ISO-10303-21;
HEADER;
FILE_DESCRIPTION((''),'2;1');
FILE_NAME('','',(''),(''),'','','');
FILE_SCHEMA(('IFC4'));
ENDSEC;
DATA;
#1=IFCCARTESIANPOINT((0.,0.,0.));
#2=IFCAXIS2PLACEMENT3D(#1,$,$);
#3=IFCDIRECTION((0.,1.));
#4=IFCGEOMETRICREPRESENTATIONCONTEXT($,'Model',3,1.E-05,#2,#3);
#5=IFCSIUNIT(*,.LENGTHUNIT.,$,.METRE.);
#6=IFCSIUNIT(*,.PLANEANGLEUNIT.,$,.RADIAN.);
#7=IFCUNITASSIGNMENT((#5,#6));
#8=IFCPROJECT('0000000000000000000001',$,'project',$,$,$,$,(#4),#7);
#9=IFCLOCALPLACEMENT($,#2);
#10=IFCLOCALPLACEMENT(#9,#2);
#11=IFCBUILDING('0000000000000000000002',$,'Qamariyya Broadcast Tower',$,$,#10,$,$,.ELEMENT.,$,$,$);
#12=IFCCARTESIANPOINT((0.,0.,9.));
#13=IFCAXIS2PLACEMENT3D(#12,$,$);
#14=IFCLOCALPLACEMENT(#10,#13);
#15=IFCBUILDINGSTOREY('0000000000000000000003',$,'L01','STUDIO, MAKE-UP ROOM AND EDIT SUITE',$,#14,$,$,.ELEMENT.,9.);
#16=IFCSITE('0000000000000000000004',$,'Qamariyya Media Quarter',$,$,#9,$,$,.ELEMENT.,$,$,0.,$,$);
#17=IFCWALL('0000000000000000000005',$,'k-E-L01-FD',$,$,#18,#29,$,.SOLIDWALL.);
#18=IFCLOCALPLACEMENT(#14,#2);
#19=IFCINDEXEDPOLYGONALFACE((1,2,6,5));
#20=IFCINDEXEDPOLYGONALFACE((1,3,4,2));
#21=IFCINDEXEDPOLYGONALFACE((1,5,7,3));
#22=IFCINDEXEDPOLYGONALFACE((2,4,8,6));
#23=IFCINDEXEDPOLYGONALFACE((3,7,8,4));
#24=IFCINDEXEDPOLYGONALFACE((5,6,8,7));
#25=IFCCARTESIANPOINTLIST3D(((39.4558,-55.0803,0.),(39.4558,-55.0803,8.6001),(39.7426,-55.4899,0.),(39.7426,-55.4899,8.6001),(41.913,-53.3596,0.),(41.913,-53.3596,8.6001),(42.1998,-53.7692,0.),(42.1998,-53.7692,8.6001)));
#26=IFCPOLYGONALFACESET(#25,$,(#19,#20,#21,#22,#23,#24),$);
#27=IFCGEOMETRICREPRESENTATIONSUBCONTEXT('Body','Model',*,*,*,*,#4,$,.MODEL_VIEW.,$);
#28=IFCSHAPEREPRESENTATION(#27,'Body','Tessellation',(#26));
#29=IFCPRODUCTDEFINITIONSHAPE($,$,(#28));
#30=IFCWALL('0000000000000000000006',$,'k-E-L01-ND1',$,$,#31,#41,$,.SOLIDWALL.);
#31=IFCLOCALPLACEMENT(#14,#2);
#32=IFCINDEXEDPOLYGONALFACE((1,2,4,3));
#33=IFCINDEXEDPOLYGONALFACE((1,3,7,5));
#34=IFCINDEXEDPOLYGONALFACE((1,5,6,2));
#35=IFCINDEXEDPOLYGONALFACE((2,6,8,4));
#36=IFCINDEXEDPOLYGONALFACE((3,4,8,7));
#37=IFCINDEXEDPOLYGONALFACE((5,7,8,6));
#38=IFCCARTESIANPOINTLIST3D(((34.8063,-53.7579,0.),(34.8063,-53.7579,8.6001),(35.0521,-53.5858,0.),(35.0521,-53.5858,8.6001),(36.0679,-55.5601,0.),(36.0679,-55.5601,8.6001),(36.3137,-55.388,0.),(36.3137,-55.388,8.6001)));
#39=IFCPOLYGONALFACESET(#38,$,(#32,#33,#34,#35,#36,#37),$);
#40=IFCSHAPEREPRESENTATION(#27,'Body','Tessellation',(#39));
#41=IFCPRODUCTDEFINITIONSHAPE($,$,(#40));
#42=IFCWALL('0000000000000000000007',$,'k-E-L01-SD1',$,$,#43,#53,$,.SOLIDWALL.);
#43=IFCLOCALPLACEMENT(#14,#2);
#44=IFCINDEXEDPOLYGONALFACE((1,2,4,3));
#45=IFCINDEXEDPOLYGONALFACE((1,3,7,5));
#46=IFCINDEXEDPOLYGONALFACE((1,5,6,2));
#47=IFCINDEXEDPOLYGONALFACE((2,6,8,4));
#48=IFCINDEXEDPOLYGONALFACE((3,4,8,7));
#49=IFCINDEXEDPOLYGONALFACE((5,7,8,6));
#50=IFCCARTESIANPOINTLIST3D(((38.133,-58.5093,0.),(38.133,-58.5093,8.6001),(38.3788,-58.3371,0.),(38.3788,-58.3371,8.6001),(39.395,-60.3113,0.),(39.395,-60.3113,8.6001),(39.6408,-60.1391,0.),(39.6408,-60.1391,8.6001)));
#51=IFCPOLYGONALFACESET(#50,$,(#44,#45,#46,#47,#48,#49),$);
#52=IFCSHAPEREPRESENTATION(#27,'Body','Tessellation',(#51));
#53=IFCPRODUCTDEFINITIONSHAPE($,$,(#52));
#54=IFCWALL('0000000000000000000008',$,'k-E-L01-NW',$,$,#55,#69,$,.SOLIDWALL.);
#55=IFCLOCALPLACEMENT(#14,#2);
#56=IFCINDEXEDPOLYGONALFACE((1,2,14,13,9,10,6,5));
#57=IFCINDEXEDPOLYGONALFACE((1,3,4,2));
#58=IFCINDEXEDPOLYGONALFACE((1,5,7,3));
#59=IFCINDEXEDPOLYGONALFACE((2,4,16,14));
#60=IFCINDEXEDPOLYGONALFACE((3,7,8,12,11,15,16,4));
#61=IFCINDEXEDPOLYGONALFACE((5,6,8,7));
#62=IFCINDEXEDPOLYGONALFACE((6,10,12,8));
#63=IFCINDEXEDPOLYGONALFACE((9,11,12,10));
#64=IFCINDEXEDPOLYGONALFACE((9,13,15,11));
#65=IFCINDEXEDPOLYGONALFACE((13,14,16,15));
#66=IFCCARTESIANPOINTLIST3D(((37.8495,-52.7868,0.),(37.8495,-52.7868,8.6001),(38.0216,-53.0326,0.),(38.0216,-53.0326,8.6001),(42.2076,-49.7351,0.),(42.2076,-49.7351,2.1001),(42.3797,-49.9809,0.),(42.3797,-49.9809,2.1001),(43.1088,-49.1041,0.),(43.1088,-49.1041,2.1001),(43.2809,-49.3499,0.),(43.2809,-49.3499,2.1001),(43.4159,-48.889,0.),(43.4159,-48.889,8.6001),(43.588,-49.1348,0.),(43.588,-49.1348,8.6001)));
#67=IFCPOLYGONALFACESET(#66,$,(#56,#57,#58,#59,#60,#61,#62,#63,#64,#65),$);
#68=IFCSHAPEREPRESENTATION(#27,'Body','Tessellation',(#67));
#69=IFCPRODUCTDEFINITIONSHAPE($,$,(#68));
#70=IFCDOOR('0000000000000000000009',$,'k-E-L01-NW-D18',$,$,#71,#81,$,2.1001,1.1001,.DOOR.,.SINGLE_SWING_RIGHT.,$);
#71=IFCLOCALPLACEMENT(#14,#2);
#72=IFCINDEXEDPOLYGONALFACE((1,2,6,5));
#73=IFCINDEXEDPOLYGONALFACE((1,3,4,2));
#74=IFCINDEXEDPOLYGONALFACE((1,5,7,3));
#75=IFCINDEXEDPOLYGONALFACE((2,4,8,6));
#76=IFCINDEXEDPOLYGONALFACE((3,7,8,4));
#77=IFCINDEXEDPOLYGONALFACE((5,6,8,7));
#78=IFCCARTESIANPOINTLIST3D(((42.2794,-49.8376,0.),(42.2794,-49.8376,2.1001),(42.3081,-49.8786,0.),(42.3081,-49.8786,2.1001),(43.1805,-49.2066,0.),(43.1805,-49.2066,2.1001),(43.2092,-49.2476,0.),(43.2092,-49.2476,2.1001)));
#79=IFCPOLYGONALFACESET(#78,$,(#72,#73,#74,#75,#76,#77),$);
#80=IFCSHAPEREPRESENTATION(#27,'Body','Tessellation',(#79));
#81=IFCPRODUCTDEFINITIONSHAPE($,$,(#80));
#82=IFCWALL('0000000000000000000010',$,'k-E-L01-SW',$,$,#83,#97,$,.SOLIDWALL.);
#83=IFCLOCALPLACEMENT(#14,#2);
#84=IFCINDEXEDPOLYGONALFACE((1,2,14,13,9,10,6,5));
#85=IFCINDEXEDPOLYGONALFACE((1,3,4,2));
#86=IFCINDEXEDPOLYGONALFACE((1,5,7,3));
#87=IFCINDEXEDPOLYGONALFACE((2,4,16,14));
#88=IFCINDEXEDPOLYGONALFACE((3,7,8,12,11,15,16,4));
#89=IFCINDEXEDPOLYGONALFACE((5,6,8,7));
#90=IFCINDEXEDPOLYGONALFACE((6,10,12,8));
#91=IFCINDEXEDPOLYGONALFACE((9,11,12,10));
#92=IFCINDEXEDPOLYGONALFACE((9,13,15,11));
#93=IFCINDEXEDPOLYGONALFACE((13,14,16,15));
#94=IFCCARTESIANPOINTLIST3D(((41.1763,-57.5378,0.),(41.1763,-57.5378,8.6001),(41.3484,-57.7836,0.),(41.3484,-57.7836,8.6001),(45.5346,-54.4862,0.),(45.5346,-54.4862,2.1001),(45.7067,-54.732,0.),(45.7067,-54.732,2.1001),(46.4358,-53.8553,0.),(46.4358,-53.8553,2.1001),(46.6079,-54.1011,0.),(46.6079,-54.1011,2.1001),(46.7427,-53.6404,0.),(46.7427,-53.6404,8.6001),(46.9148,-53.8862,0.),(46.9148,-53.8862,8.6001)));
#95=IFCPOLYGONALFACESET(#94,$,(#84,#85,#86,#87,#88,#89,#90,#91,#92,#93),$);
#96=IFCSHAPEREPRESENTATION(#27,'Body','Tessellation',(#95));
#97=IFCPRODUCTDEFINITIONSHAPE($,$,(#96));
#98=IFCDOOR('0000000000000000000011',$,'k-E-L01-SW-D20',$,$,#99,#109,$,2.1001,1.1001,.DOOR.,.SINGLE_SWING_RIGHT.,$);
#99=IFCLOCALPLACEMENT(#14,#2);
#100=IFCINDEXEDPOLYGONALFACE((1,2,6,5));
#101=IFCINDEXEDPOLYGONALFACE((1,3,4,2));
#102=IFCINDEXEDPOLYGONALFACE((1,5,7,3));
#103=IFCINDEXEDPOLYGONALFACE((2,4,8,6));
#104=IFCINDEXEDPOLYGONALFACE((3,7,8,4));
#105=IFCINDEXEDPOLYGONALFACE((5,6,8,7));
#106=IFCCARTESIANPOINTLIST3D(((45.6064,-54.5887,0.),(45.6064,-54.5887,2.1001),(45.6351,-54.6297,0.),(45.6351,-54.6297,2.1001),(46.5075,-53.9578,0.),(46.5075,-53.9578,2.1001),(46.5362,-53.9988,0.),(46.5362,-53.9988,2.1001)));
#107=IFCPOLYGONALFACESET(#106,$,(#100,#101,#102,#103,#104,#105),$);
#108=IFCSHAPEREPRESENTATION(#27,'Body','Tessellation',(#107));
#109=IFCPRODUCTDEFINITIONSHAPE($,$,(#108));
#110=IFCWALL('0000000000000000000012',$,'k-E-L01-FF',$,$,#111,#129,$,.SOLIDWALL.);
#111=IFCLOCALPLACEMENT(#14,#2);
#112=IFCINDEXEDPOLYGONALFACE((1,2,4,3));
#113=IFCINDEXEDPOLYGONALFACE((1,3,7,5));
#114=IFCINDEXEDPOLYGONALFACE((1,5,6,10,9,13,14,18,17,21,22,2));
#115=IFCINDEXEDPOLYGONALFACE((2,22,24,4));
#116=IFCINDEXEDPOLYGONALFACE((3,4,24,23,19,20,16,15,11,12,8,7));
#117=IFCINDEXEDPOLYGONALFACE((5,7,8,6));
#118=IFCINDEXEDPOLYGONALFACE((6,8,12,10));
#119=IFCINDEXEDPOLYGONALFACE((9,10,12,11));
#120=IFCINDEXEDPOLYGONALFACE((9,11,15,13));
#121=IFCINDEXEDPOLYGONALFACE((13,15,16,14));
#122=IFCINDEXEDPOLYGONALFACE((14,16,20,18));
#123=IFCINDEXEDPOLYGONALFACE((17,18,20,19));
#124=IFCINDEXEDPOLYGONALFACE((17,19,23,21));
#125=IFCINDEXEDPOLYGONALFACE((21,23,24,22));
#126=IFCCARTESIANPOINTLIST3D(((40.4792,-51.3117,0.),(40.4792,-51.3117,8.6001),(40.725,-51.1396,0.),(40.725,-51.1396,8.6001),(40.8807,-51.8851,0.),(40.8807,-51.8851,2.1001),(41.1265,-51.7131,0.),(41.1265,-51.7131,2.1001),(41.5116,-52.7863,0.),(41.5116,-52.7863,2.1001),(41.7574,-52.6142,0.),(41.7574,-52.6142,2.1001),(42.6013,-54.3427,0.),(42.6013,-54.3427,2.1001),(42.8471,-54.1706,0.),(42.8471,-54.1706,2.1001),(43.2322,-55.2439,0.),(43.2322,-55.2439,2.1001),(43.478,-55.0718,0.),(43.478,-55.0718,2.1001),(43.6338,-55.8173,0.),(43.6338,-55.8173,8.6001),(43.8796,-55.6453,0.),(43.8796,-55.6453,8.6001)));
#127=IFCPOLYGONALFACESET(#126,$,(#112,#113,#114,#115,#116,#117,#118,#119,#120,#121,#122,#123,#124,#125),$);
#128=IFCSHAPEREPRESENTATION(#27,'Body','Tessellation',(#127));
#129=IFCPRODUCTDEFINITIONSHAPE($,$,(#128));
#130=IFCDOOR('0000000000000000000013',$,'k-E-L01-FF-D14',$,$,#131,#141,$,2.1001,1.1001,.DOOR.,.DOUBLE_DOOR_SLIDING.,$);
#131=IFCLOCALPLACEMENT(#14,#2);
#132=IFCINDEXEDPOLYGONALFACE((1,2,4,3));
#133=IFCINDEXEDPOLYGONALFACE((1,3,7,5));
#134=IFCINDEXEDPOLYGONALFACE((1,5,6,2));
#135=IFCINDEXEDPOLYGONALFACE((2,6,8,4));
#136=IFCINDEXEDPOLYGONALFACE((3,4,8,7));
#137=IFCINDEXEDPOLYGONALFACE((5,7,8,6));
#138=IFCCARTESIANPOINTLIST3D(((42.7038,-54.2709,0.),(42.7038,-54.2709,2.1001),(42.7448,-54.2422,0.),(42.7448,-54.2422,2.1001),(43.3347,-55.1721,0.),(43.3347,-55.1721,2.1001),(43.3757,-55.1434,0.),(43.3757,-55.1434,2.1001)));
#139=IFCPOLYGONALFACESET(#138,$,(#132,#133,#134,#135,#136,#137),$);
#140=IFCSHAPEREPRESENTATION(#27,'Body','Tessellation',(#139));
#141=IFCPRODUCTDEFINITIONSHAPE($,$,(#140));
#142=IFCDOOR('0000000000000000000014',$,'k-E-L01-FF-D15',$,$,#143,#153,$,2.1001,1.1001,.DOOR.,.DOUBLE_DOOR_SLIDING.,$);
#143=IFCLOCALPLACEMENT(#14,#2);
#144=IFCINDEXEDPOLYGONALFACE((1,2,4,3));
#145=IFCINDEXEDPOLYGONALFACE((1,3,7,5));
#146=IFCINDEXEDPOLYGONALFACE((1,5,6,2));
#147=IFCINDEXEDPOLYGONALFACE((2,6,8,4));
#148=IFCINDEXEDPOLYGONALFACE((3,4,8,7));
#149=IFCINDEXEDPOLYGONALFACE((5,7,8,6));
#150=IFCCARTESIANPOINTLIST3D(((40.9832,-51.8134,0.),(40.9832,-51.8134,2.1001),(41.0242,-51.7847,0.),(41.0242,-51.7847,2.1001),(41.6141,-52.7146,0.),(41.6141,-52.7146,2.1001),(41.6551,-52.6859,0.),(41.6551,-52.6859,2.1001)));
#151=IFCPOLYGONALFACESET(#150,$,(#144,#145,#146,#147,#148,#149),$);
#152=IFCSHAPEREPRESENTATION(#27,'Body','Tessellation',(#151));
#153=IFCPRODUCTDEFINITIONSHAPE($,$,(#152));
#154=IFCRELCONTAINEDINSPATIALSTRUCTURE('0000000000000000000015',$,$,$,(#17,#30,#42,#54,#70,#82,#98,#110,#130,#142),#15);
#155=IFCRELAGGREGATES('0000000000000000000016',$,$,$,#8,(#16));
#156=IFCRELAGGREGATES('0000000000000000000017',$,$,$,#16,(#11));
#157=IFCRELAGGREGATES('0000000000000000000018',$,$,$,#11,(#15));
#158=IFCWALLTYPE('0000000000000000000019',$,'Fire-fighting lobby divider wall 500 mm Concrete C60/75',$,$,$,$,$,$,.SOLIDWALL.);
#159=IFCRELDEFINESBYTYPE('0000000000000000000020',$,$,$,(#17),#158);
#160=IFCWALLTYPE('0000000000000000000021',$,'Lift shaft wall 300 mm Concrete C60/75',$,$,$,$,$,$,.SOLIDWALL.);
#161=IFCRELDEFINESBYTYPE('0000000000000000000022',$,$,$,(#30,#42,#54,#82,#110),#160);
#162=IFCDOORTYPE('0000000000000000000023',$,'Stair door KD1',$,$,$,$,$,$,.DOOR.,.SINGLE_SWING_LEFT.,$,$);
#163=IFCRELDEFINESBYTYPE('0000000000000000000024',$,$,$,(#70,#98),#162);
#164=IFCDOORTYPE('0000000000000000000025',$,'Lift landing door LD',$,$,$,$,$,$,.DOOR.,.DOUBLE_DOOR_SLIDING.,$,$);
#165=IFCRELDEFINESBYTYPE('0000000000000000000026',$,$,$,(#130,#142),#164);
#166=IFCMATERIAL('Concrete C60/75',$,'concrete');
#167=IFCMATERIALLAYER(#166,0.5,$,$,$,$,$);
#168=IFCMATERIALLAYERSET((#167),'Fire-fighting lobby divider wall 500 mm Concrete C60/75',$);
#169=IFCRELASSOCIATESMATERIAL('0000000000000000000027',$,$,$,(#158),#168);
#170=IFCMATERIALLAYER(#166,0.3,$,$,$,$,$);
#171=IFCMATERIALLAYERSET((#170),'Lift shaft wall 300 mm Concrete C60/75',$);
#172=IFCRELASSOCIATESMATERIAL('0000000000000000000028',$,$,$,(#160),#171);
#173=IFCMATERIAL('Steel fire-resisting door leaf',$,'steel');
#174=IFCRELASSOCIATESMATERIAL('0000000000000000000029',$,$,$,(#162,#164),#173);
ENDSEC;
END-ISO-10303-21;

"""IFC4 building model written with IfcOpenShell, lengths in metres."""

from ifc_helpers import new_model, si_unit, direction, frame, frame_2d, origin, place, context, subcontext, project, spatial, rectangle, extrude, material, layer, layer_set, type_object, element, fill, save


model = new_model("IFC4")

# Units and contexts
model_context = context("Model", 3, precision=1e-05, world=origin(), true_north=direction((0.0, 1.0)))
body_context = subcontext(model_context, "Body", "Model", "MODEL_VIEW")
ifc_project = project(units=[si_unit("LENGTHUNIT", "METRE"), si_unit("PLANEANGLEUNIT", "RADIAN")], contexts=[model_context])

# Site, building, storey
site_placement = place(None, origin())
site = spatial("IfcSite", under=ifc_project, at=site_placement, Name="Qamariyya Media Quarter", CompositionType="ELEMENT", RefElevation=0.0)
building_placement = place(site_placement, origin())
building = spatial("IfcBuilding", under=site, at=building_placement, Name="Qamariyya Broadcast Tower", CompositionType="ELEMENT")
storey_placement = place(building_placement, frame((0.0, 0.0, 9.0)))
storey = spatial("IfcBuildingStorey", under=building, at=storey_placement, Name="L01", Description="STUDIO, MAKE-UP ROOM AND EDIT SUITE", CompositionType="ELEMENT", Elevation=9.0)

# Walls
ifc_material_1 = material(Name="Concrete C60/75", Category="concrete")
ifc_layer_1 = layer(ifc_material_1, 0.5)
ifc_layer_set_1 = layer_set([ifc_layer_1], Name="Fire-fighting lobby divider wall 500 mm Concrete C60/75")
wall_type_1 = type_object("IfcWallType", Name="Fire-fighting lobby divider wall 500 mm Concrete C60/75", PredefinedType="SOLIDWALL", material=ifc_layer_set_1)
wall_1_placement = place(storey_placement, frame((39.5991, -55.2852, 0.0), z_axis=(0.0, 0.0, 1.0), x_axis=(0.819136, 0.573599, 0.0)))
element("IfcWall", 1, at=wall_1_placement, inside=storey, type_object=wall_type_1, Name="k-E-L01-FD", PredefinedType="SOLIDWALL", context=body_context, shape_type="SweptSolid", body=[
    extrude(rectangle(XDim=2.9998, YDim=0.5, at=frame_2d((1.5, 0.0))), origin(), (0.0, 0.0, 1.0), 8.6001),
])
ifc_layer_2 = layer(ifc_material_1, 0.3)
ifc_layer_set_2 = layer_set([ifc_layer_2], Name="Lift shaft wall 300 mm Concrete C60/75")
wall_type_2 = type_object("IfcWallType", Name="Lift shaft wall 300 mm Concrete C60/75", PredefinedType="SOLIDWALL", material=ifc_layer_set_2)
for number, where, z_axis, x_axis, name in (
    (2, (36.1909, -55.4741, 0.0), (0.0, 0.0, 1.0), (-0.573507, 0.819201, 0.0), "k-E-L01-ND1"),
    (3, (38.2559, -58.4231, 0.0), (0.0, 0.0, 1.0), (0.573634, -0.819112, 0.0), "k-E-L01-SD1"),
):
    element("IfcWall", number, at=place(storey_placement, frame(where, z_axis=z_axis, x_axis=x_axis)), inside=storey, type_object=wall_type_2, Name=name, PredefinedType="SOLIDWALL", context=body_context, shape_type="SweptSolid", body=[
        extrude(rectangle(XDim=2.2, YDim=0.3, at=frame_2d((1.1001, 0.0))), origin(), (0.0, 0.0, 1.0), 8.6001),
    ])

# Walls, openings, doors
wall_2_placement = place(storey_placement, frame((37.9355, -52.9097, 0.0), z_axis=(0.0, 0.0, 1.0), x_axis=(0.819148, 0.573583, 0.0)))
wall_2 = element("IfcWall", 4, at=wall_2_placement, inside=storey, type_object=wall_type_2, Name="k-E-L01-NW", PredefinedType="SOLIDWALL", context=body_context, shape_type="SweptSolid", body=[
    extrude(rectangle(XDim=6.7954, YDim=0.3, at=frame_2d((3.3977, 0.0))), origin(), (0.0, 0.0, 1.0), 8.6001),
])
opening_1_placement = place(wall_2_placement, frame((5.3203, 0.0, 0.0)))
opening_1 = element("IfcOpeningElement", 5, at=opening_1_placement, cuts=wall_2, PredefinedType="OPENING", context=body_context, shape_type="SweptSolid", body=[
    extrude(rectangle(XDim=1.1001, YDim=2.1001, at=frame_2d((0.55, 1.05))), frame((0.0, 0.1599, 0.0), z_axis=(0.0, -1.0, 0.0), x_axis=(1.0, 0.0, 0.0)), (0.0, 0.0, 1.0), 0.3201),
])
ifc_material_2 = material(Name="Steel fire-resisting door leaf", Category="steel")
door_type_1 = type_object("IfcDoorType", Name="Stair door KD1", OperationType="SINGLE_SWING_LEFT", PredefinedType="DOOR", material=ifc_material_2)
door_1_placement = place(opening_1_placement, origin())
door_1 = element("IfcDoor", 6, at=door_1_placement, inside=storey, type_object=door_type_1, Name="k-E-L01-NW-D18", OperationType="SINGLE_SWING_RIGHT", OverallHeight=2.1001, OverallWidth=1.1001, PredefinedType="DOOR", context=body_context, shape_type="SweptSolid", body=[
    extrude(rectangle(XDim=1.1001, YDim=2.1001, at=frame_2d((0.55, 1.05))), frame((0.0, 0.0249, 0.0), z_axis=(0.0, -1.0, 0.0), x_axis=(1.0, 0.0, 0.0)), (0.0, 0.0, 1.0), 0.05),
])
fill(opening_1, door_1)
wall_3_placement = place(storey_placement, frame((41.2625, -57.6606, 0.0), z_axis=(0.0, 0.0, 1.0), x_axis=(0.819164, 0.573559, 0.0)))
wall_3 = element("IfcWall", 7, at=wall_3_placement, inside=storey, type_object=wall_type_2, Name="k-E-L01-SW", PredefinedType="SOLIDWALL", context=body_context, shape_type="SweptSolid", body=[
    extrude(rectangle(XDim=6.7952, YDim=0.3, at=frame_2d((3.3975, 0.0))), origin(), (0.0, 0.0, 1.0), 8.6001),
])
opening_2_placement = place(wall_3_placement, frame((5.3203, 0.0, 0.0)))
opening_2 = element("IfcOpeningElement", 8, at=opening_2_placement, cuts=wall_3, PredefinedType="OPENING", context=body_context, shape_type="SweptSolid", body=[
    extrude(rectangle(XDim=1.1001, YDim=2.1001, at=frame_2d((0.55, 1.05))), frame((0.0, 0.1599, 0.0), z_axis=(0.0, -1.0, 0.0), x_axis=(1.0, 0.0, 0.0)), (0.0, 0.0, 1.0), 0.3201),
])
door_2_placement = place(opening_2_placement, origin())
door_2 = element("IfcDoor", 9, at=door_2_placement, inside=storey, type_object=door_type_1, Name="k-E-L01-SW-D20", OperationType="SINGLE_SWING_RIGHT", OverallHeight=2.1001, OverallWidth=1.1001, PredefinedType="DOOR", context=body_context, shape_type="SweptSolid", body=[
    extrude(rectangle(XDim=1.1001, YDim=2.1001, at=frame_2d((0.55, 1.05))), frame((0.0, 0.0249, 0.0), z_axis=(0.0, -1.0, 0.0), x_axis=(1.0, 0.0, 0.0)), (0.0, 0.0, 1.0), 0.05),
])
fill(opening_2, door_2)

# Wall, openings, doors
wall_4_placement = place(storey_placement, frame((43.7566, -55.7312, 0.0), z_axis=(0.0, 0.0, 1.0), x_axis=(-0.573537, 0.81918, 0.0)))
wall_4 = element("IfcWall", 10, at=wall_4_placement, inside=storey, type_object=wall_type_2, Name="k-E-L01-FF", PredefinedType="SOLIDWALL", context=body_context, shape_type="SweptSolid", body=[
    extrude(rectangle(XDim=5.5002, YDim=0.3, at=frame_2d((2.75, 0.0))), origin(), (0.0, 0.0, 1.0), 8.6001),
])
opening_3_placement = place(wall_4_placement, frame((0.7, 0.0, 0.0)))
opening_3 = element("IfcOpeningElement", 11, at=opening_3_placement, cuts=wall_4, PredefinedType="OPENING", context=body_context, shape_type="SweptSolid", body=[
    extrude(rectangle(XDim=1.1001, YDim=2.1001, at=frame_2d((0.55, 1.05))), frame((0.0, 0.1599, 0.0), z_axis=(0.0, -1.0, 0.0), x_axis=(1.0, 0.0, 0.0)), (0.0, 0.0, 1.0), 0.3201),
])
opening_4_placement = place(wall_4_placement, frame((3.7, 0.0, 0.0)))
opening_4 = element("IfcOpeningElement", 12, at=opening_4_placement, cuts=wall_4, PredefinedType="OPENING", context=body_context, shape_type="SweptSolid", body=[
    extrude(rectangle(XDim=1.1001, YDim=2.1001, at=frame_2d((0.55, 1.05))), frame((0.0, 0.1599, 0.0), z_axis=(0.0, -1.0, 0.0), x_axis=(1.0, 0.0, 0.0)), (0.0, 0.0, 1.0), 0.3201),
])
door_type_2 = type_object("IfcDoorType", Name="Lift landing door LD", OperationType="DOUBLE_DOOR_SLIDING", PredefinedType="DOOR", material=ifc_material_2)
door_3_placement = place(opening_3_placement, origin())
door_3 = element("IfcDoor", 13, at=door_3_placement, inside=storey, type_object=door_type_2, Name="k-E-L01-FF-D14", OperationType="DOUBLE_DOOR_SLIDING", OverallHeight=2.1001, OverallWidth=1.1001, PredefinedType="DOOR", context=body_context, shape_type="SweptSolid", body=[
    extrude(rectangle(XDim=1.1001, YDim=2.1001, at=frame_2d((0.55, 1.05))), frame((0.0, 0.0249, 0.0), z_axis=(0.0, -1.0, 0.0), x_axis=(1.0, 0.0, 0.0)), (0.0, 0.0, 1.0), 0.05),
])
fill(opening_3, door_3)
door_4_placement = place(opening_4_placement, origin())
door_4 = element("IfcDoor", 14, at=door_4_placement, inside=storey, type_object=door_type_2, Name="k-E-L01-FF-D15", OperationType="DOUBLE_DOOR_SLIDING", OverallHeight=2.1001, OverallWidth=1.1001, PredefinedType="DOOR", context=body_context, shape_type="SweptSolid", body=[
    extrude(rectangle(XDim=1.1001, YDim=2.1001, at=frame_2d((0.55, 1.05))), frame((0.0, 0.0249, 0.0), z_axis=(0.0, -1.0, 0.0), x_axis=(1.0, 0.0, 0.0)), (0.0, 0.0, 1.0), 0.05),
])
fill(opening_4, door_4)

save(model, "model.ifc")
